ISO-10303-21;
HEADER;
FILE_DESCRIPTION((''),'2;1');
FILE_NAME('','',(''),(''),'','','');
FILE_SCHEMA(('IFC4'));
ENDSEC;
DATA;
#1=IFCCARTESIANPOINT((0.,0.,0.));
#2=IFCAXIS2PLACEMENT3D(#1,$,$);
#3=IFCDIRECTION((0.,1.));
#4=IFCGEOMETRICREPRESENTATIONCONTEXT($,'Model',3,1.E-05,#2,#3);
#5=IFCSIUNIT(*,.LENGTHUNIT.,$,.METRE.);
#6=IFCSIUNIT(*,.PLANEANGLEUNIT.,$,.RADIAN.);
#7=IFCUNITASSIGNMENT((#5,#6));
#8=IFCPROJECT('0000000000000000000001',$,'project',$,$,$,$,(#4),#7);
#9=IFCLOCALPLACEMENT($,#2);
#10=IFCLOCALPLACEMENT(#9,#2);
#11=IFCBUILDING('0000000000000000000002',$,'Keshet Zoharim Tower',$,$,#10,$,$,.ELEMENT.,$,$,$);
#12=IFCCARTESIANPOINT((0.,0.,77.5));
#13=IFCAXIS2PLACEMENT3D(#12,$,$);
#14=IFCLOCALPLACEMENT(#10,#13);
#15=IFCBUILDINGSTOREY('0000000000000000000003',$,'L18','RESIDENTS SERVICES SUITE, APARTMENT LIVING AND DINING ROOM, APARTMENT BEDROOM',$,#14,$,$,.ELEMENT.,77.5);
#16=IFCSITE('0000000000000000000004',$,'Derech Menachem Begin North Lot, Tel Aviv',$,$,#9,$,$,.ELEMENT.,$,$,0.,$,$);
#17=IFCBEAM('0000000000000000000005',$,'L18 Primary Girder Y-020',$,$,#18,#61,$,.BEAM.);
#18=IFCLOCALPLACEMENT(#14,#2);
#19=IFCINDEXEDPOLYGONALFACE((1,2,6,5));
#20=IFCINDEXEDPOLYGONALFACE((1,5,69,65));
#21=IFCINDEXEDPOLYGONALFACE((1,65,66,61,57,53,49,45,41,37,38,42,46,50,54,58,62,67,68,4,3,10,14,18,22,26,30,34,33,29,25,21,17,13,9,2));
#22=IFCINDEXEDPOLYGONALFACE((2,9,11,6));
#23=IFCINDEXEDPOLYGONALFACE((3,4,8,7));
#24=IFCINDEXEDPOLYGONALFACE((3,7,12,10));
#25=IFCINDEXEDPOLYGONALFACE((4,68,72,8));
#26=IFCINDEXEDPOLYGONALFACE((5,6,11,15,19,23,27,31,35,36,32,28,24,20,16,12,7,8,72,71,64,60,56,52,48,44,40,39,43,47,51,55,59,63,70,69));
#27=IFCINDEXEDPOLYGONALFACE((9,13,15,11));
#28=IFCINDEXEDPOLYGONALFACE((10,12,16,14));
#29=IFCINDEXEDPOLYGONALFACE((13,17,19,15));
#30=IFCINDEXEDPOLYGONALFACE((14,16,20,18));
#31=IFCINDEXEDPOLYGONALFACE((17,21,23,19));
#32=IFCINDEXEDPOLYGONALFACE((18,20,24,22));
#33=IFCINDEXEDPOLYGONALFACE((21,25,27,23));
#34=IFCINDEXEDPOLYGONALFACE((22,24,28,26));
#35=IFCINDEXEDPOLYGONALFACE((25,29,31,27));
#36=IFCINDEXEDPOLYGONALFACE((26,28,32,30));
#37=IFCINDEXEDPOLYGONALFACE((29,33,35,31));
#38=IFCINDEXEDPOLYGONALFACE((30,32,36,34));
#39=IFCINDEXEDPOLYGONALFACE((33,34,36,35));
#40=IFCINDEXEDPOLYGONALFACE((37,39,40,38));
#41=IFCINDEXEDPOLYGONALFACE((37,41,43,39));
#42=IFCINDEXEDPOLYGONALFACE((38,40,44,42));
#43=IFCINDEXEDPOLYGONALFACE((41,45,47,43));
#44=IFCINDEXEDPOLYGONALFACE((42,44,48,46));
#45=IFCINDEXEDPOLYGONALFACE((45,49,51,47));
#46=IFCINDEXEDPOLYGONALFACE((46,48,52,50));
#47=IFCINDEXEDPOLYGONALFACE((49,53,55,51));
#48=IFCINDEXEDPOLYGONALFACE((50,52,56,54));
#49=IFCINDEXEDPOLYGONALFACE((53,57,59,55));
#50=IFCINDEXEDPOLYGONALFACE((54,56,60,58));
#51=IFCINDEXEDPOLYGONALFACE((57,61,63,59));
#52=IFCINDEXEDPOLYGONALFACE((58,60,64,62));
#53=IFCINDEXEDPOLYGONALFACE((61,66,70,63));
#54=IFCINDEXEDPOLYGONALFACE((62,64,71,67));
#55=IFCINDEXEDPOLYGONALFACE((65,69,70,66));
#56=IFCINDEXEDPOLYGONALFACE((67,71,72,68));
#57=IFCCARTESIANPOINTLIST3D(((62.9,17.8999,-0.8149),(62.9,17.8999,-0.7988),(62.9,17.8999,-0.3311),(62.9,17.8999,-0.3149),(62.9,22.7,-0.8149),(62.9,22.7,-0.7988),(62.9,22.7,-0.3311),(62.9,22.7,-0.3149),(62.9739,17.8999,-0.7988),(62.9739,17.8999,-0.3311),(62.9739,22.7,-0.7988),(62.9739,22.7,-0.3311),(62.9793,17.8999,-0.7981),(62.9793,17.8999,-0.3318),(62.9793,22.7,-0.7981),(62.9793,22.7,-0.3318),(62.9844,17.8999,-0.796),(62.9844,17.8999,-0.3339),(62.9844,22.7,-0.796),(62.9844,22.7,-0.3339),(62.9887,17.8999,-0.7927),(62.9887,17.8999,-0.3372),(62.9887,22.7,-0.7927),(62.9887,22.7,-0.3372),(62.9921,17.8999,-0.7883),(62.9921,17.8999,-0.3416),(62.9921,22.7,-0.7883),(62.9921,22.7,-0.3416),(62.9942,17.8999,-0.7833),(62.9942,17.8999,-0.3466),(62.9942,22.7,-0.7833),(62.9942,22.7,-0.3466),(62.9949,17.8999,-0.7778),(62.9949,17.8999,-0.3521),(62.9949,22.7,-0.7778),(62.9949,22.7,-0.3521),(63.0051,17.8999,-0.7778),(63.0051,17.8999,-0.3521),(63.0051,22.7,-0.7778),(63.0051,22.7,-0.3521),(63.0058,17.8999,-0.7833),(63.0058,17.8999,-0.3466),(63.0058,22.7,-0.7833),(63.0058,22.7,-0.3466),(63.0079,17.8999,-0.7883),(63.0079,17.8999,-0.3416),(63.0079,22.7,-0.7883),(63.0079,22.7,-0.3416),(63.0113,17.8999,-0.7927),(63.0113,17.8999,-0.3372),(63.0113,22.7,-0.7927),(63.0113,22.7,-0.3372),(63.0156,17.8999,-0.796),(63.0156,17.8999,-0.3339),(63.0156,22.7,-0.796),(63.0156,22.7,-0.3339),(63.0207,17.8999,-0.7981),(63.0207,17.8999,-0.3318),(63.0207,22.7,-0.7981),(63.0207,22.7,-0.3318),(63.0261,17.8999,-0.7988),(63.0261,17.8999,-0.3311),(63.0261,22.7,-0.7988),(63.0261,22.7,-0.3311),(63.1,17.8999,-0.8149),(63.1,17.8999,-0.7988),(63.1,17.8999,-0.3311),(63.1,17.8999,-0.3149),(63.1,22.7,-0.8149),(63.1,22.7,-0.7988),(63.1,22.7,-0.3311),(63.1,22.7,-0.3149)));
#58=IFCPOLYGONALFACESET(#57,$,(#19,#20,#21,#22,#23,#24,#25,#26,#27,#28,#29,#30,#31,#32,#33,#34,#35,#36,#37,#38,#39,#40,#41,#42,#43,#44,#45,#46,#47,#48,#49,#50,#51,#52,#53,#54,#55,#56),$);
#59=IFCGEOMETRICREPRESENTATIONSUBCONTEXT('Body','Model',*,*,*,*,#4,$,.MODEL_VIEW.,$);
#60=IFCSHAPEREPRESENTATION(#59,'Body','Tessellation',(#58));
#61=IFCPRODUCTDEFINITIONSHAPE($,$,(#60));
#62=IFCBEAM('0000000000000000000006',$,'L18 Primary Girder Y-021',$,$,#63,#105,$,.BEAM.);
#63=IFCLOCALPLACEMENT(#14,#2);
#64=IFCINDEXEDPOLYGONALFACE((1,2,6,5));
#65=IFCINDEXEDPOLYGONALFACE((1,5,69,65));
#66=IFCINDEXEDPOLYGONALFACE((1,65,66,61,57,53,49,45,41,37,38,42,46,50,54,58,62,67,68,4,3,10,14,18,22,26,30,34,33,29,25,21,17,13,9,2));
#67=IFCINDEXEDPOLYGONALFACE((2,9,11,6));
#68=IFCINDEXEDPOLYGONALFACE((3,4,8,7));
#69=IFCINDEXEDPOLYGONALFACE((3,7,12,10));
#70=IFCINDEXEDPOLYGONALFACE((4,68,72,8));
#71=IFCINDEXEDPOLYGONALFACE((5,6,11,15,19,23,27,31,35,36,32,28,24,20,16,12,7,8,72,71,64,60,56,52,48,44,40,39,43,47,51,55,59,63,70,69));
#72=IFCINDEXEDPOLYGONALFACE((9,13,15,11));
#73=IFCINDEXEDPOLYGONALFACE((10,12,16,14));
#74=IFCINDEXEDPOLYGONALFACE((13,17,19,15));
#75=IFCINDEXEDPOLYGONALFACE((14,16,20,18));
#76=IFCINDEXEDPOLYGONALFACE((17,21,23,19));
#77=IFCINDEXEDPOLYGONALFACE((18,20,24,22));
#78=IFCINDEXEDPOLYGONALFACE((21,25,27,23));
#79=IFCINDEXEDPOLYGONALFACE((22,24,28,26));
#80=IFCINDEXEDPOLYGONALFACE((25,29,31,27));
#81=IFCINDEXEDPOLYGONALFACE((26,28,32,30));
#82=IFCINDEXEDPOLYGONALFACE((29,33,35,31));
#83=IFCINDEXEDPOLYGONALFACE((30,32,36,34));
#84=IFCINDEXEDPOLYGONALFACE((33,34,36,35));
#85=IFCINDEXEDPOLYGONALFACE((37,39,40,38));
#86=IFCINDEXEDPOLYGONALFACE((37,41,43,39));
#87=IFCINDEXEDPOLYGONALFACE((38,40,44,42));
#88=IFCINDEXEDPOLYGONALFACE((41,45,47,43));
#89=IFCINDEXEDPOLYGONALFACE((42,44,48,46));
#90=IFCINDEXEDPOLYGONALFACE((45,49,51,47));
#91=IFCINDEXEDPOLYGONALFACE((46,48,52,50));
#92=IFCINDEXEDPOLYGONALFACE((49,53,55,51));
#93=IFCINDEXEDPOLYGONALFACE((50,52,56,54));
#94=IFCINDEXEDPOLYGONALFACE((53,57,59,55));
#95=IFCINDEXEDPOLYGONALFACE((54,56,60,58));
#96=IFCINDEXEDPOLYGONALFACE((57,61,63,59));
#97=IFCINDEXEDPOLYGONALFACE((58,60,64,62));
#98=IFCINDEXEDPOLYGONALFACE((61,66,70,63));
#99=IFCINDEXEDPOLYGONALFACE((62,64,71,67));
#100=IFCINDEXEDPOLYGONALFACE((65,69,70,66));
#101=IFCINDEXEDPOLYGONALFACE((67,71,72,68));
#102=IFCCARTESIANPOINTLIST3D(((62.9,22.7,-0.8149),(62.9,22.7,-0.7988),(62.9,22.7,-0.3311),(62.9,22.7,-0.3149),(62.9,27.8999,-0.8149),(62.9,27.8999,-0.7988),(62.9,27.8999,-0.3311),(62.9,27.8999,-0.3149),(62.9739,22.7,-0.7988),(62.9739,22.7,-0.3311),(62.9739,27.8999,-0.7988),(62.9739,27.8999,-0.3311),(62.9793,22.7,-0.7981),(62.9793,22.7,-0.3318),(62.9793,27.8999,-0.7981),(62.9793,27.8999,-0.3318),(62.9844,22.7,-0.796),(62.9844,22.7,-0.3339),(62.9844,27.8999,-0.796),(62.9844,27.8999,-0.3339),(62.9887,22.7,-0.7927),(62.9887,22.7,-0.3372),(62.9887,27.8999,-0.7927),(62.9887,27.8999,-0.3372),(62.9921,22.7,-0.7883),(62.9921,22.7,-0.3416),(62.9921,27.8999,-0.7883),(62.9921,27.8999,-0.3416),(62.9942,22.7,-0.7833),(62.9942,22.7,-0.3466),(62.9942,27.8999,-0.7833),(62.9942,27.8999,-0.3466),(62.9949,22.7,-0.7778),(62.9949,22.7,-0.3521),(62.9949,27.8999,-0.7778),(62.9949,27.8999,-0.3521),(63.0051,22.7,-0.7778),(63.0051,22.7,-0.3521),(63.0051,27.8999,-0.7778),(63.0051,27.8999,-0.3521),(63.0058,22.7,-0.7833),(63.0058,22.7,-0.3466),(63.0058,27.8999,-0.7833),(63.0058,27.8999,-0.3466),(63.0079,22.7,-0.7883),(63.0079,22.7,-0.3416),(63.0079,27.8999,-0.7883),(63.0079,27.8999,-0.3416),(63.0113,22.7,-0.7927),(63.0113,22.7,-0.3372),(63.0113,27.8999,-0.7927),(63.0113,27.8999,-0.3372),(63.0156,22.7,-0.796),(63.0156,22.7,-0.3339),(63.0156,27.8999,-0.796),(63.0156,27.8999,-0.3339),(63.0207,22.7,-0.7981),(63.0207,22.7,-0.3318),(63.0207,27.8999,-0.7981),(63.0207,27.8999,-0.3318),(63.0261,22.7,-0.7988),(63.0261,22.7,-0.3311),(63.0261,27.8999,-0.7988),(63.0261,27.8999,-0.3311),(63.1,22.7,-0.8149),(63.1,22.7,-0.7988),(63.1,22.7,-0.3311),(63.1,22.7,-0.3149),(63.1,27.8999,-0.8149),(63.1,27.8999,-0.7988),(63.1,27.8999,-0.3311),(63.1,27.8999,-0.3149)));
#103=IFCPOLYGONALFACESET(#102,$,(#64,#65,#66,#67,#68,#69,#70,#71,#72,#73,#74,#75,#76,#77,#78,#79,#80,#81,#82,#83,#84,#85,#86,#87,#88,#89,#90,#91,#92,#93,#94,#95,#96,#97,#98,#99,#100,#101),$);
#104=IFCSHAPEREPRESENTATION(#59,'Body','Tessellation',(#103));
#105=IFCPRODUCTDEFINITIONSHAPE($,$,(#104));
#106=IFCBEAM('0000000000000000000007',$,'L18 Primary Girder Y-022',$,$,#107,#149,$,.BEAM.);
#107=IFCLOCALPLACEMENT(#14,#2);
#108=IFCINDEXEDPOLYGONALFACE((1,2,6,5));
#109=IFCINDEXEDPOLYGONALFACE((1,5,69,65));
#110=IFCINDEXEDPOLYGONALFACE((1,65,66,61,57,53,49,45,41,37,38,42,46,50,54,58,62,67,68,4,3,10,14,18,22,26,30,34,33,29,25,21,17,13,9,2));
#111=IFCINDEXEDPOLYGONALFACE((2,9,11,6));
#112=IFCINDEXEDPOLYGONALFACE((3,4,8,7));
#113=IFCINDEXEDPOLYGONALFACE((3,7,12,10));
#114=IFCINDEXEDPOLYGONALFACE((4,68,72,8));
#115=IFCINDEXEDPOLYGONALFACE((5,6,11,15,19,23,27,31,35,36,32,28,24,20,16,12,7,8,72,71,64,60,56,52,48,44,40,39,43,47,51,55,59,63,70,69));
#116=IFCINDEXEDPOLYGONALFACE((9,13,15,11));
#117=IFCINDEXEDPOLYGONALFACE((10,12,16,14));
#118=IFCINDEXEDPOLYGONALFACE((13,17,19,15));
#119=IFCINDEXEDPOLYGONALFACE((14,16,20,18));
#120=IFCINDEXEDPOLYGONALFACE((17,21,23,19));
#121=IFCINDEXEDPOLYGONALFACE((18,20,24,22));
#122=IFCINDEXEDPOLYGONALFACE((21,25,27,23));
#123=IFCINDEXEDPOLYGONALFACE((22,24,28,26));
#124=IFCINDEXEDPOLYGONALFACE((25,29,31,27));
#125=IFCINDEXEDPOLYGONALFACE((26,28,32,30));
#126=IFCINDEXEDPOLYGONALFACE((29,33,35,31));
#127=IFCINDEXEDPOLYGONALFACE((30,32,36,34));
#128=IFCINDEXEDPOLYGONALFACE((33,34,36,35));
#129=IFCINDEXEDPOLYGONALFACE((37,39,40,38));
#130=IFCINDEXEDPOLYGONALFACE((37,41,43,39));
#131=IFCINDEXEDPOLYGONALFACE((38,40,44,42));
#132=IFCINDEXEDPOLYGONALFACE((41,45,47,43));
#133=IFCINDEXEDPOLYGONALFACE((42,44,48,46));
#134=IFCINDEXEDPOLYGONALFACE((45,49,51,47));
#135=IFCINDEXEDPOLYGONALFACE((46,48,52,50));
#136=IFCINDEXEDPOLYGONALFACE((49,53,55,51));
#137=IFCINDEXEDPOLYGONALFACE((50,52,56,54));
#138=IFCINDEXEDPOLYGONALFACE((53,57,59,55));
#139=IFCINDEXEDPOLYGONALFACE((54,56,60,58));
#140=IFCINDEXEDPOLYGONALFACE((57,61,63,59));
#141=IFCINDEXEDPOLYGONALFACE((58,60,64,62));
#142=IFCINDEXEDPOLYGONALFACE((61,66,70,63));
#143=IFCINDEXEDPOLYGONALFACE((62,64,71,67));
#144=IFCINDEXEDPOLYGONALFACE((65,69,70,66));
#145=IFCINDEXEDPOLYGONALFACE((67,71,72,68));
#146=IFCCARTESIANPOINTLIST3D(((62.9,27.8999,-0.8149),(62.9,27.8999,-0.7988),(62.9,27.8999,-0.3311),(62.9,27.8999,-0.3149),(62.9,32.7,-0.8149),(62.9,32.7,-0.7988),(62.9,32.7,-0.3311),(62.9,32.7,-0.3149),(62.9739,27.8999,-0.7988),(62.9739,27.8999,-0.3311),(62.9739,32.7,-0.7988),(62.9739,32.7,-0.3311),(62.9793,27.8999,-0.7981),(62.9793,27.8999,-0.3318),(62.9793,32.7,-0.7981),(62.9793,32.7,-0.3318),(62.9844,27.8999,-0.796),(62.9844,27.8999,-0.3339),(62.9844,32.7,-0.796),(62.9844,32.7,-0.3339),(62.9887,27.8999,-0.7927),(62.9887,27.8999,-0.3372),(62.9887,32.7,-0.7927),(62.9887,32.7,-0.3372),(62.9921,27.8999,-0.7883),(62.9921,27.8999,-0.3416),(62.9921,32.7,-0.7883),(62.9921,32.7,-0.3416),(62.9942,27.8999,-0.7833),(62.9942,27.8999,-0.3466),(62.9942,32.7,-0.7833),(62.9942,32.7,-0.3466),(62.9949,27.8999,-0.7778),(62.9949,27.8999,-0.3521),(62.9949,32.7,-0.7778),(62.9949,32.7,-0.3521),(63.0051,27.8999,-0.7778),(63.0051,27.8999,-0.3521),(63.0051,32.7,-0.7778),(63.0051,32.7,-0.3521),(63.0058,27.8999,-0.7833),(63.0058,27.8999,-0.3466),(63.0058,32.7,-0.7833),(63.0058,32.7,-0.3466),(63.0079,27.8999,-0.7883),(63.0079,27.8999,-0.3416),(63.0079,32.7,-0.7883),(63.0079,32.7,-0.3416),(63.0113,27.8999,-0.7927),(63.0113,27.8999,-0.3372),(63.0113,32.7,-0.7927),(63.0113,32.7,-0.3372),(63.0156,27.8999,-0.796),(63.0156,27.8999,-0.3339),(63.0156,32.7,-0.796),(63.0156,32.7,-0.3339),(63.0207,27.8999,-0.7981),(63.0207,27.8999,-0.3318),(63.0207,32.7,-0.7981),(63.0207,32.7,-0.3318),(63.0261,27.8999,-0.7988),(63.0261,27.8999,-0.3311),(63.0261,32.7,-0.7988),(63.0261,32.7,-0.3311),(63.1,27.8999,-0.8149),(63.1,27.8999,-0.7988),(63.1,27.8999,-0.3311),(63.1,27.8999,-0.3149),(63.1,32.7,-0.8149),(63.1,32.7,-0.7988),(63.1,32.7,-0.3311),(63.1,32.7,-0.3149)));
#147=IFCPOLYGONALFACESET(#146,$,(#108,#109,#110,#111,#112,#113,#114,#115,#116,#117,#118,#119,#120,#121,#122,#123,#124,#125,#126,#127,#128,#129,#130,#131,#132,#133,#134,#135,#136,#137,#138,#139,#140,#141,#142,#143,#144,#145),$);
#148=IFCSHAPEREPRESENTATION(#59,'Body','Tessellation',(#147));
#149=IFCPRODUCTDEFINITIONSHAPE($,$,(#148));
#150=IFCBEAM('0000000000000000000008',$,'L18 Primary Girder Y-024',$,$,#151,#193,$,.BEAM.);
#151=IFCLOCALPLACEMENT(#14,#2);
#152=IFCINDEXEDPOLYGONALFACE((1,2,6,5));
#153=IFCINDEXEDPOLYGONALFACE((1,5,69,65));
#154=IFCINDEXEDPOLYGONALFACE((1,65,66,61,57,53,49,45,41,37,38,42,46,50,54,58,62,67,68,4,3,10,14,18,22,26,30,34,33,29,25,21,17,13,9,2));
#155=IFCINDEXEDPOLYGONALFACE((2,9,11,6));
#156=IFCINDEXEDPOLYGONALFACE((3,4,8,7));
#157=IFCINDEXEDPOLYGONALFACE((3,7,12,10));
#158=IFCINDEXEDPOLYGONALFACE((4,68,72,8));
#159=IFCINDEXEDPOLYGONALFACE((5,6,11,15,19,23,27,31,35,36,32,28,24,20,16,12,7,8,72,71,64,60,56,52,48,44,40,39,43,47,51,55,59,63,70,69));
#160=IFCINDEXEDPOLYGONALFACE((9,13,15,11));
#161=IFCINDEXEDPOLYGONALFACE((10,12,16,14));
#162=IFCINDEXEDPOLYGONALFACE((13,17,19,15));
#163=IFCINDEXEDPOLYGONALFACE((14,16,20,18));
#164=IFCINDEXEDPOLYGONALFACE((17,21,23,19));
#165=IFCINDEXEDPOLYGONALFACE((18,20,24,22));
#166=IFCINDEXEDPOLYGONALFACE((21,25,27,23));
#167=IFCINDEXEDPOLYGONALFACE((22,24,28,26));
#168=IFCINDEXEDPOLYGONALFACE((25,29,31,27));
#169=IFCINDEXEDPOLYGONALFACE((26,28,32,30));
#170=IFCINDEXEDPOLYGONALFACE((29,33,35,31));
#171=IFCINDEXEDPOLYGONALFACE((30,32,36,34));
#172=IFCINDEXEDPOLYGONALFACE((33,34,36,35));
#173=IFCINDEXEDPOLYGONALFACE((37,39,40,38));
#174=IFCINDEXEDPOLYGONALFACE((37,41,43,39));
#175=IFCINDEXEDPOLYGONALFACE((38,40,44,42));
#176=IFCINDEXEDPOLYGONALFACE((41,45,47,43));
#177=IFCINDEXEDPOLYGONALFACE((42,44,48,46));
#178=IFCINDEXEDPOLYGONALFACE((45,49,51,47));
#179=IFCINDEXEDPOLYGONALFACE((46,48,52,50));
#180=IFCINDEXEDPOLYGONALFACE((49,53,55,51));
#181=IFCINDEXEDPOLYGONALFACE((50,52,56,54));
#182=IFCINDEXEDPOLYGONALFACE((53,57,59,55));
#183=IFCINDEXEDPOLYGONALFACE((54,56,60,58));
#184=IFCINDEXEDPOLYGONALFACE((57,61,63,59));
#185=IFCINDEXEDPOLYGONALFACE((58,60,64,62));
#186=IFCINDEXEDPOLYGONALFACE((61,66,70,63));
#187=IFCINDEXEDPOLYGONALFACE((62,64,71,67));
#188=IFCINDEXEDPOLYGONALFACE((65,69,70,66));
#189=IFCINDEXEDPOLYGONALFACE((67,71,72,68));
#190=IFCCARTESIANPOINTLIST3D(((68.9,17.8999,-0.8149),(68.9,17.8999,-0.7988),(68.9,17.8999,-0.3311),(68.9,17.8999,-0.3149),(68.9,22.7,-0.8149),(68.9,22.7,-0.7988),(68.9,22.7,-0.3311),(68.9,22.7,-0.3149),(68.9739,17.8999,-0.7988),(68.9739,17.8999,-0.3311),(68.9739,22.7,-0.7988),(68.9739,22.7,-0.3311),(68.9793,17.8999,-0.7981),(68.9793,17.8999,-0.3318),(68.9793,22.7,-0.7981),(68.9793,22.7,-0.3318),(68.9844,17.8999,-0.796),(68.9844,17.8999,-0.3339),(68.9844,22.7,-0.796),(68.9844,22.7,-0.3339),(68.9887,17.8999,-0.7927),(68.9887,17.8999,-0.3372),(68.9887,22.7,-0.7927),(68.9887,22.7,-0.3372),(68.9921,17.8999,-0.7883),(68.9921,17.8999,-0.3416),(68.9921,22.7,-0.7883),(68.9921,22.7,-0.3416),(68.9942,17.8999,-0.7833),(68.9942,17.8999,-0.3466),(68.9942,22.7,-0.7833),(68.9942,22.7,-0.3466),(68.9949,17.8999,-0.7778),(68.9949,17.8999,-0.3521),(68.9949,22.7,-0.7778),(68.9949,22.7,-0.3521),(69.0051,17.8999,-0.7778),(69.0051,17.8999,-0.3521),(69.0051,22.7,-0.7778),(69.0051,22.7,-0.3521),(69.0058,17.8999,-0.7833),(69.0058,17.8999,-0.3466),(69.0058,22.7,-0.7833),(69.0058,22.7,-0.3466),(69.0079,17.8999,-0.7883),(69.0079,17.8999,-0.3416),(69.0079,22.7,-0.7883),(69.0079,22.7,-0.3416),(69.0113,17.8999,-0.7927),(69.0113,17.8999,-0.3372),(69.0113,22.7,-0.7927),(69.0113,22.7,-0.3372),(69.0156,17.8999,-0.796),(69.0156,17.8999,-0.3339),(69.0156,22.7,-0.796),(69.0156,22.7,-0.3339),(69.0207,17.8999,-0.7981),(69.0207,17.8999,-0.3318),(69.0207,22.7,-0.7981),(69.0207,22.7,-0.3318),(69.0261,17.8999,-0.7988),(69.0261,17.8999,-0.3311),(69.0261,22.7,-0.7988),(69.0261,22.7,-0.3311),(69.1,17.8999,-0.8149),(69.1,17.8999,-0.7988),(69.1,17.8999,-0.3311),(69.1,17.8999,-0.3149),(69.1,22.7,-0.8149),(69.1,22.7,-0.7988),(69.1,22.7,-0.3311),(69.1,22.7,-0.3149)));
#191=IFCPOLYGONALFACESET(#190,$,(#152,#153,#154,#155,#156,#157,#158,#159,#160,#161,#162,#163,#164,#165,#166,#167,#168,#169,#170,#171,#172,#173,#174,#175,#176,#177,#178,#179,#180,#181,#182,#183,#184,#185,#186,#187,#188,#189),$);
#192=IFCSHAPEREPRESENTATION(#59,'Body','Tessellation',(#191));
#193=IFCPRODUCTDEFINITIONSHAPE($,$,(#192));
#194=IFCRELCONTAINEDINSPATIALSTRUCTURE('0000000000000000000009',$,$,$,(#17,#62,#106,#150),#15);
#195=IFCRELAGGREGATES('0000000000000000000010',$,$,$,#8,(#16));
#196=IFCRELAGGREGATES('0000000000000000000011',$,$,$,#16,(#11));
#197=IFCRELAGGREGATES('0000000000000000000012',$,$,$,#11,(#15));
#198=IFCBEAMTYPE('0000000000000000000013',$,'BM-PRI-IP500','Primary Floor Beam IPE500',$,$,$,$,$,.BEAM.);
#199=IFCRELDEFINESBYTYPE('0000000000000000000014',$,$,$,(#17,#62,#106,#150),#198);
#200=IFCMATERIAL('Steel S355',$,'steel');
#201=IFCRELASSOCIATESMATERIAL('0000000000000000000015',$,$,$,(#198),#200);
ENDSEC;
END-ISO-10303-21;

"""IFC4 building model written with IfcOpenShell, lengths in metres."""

from ifc_helpers import new_model, si_unit, direction, frame, origin, origin_2d, place, context, subcontext, project, spatial, i_section, extrude, material, material_profile, profile_set, type_object, element, save


model = new_model("IFC4")

# Units and contexts
model_context = context("Model", 3, precision=1e-05, world=origin(), true_north=direction((0.0, 1.0)))
body_context = subcontext(model_context, "Body", "Model", "MODEL_VIEW")
ifc_project = project(units=[si_unit("LENGTHUNIT", "METRE"), si_unit("PLANEANGLEUNIT", "RADIAN")], contexts=[model_context])

# Site, building, storey
site_placement = place(None, origin())
site = spatial("IfcSite", under=ifc_project, at=site_placement, Name="Derech Menachem Begin North Lot, Tel Aviv", CompositionType="ELEMENT", RefElevation=0.0)
building_placement = place(site_placement, origin())
building = spatial("IfcBuilding", under=site, at=building_placement, Name="Keshet Zoharim Tower", CompositionType="ELEMENT")
storey_placement = place(building_placement, frame((0.0, 0.0, 77.5)))
storey = spatial("IfcBuildingStorey", under=building, at=storey_placement, Name="L18", Description="RESIDENTS SERVICES SUITE, APARTMENT LIVING AND DINING ROOM, APARTMENT BEDROOM", CompositionType="ELEMENT", Elevation=77.5)

# Shared definitions
ifc_material_1 = material(Name="Steel S355", Category="steel")

# Beams
ifc_material_profile_1 = material_profile(ifc_material_1, i_section(OverallWidth=0.2, OverallDepth=0.5, WebThickness=0.0103, FlangeThickness=0.0161, FilletRadius=0.021, at=origin_2d()), Name="IPE500")
ifc_profile_set_1 = profile_set([ifc_material_profile_1], Name="Steel S355")
beam_type_1 = type_object("IfcBeamType", Name="BM-PRI-IP500", Description="Primary Floor Beam IPE500", PredefinedType="BEAM", material=ifc_profile_set_1)
beam_1_placement = place(storey_placement, frame((63.0, 17.8999, -0.5649), z_axis=(0.0, 1.0, 0.0), x_axis=(-1.0, 0.0, 0.0)))
element("IfcBeam", 1, at=beam_1_placement, inside=storey, type_object=beam_type_1, Name="L18 Primary Girder Y-020", PredefinedType="BEAM", context=body_context, shape_type="SweptSolid", body=[
    extrude(i_section(OverallWidth=0.2, OverallDepth=0.5, WebThickness=0.0103, FlangeThickness=0.0161, FilletRadius=0.021, at=origin_2d()), origin(), (0.0, 0.0, 1.0), 4.8),
])
beam_2_placement = place(storey_placement, frame((63.0, 22.7, -0.5649), z_axis=(0.0, 1.0, 0.0), x_axis=(-1.0, 0.0, 0.0)))
element("IfcBeam", 2, at=beam_2_placement, inside=storey, type_object=beam_type_1, Name="L18 Primary Girder Y-021", PredefinedType="BEAM", context=body_context, shape_type="SweptSolid", body=[
    extrude(i_section(OverallWidth=0.2, OverallDepth=0.5, WebThickness=0.0103, FlangeThickness=0.0161, FilletRadius=0.021, at=origin_2d()), origin(), (0.0, 0.0, 1.0), 5.2),
])
for number, where, z_axis, x_axis, name in (
    (3, (63.0, 27.8999, -0.5649), (0.0, 1.0, 0.0), (-1.0, 0.0, 0.0), "L18 Primary Girder Y-022"),
    (4, (69.0, 17.8999, -0.5649), (0.0, 1.0, 0.0), (-1.0, 0.0, 0.0), "L18 Primary Girder Y-024"),
):
    element("IfcBeam", number, at=place(storey_placement, frame(where, z_axis=z_axis, x_axis=x_axis)), inside=storey, type_object=beam_type_1, Name=name, PredefinedType="BEAM", context=body_context, shape_type="SweptSolid", body=[
        extrude(i_section(OverallWidth=0.2, OverallDepth=0.5, WebThickness=0.0103, FlangeThickness=0.0161, FilletRadius=0.021, at=origin_2d()), origin(), (0.0, 0.0, 1.0), 4.8),
    ])

save(model, "model.ifc")
